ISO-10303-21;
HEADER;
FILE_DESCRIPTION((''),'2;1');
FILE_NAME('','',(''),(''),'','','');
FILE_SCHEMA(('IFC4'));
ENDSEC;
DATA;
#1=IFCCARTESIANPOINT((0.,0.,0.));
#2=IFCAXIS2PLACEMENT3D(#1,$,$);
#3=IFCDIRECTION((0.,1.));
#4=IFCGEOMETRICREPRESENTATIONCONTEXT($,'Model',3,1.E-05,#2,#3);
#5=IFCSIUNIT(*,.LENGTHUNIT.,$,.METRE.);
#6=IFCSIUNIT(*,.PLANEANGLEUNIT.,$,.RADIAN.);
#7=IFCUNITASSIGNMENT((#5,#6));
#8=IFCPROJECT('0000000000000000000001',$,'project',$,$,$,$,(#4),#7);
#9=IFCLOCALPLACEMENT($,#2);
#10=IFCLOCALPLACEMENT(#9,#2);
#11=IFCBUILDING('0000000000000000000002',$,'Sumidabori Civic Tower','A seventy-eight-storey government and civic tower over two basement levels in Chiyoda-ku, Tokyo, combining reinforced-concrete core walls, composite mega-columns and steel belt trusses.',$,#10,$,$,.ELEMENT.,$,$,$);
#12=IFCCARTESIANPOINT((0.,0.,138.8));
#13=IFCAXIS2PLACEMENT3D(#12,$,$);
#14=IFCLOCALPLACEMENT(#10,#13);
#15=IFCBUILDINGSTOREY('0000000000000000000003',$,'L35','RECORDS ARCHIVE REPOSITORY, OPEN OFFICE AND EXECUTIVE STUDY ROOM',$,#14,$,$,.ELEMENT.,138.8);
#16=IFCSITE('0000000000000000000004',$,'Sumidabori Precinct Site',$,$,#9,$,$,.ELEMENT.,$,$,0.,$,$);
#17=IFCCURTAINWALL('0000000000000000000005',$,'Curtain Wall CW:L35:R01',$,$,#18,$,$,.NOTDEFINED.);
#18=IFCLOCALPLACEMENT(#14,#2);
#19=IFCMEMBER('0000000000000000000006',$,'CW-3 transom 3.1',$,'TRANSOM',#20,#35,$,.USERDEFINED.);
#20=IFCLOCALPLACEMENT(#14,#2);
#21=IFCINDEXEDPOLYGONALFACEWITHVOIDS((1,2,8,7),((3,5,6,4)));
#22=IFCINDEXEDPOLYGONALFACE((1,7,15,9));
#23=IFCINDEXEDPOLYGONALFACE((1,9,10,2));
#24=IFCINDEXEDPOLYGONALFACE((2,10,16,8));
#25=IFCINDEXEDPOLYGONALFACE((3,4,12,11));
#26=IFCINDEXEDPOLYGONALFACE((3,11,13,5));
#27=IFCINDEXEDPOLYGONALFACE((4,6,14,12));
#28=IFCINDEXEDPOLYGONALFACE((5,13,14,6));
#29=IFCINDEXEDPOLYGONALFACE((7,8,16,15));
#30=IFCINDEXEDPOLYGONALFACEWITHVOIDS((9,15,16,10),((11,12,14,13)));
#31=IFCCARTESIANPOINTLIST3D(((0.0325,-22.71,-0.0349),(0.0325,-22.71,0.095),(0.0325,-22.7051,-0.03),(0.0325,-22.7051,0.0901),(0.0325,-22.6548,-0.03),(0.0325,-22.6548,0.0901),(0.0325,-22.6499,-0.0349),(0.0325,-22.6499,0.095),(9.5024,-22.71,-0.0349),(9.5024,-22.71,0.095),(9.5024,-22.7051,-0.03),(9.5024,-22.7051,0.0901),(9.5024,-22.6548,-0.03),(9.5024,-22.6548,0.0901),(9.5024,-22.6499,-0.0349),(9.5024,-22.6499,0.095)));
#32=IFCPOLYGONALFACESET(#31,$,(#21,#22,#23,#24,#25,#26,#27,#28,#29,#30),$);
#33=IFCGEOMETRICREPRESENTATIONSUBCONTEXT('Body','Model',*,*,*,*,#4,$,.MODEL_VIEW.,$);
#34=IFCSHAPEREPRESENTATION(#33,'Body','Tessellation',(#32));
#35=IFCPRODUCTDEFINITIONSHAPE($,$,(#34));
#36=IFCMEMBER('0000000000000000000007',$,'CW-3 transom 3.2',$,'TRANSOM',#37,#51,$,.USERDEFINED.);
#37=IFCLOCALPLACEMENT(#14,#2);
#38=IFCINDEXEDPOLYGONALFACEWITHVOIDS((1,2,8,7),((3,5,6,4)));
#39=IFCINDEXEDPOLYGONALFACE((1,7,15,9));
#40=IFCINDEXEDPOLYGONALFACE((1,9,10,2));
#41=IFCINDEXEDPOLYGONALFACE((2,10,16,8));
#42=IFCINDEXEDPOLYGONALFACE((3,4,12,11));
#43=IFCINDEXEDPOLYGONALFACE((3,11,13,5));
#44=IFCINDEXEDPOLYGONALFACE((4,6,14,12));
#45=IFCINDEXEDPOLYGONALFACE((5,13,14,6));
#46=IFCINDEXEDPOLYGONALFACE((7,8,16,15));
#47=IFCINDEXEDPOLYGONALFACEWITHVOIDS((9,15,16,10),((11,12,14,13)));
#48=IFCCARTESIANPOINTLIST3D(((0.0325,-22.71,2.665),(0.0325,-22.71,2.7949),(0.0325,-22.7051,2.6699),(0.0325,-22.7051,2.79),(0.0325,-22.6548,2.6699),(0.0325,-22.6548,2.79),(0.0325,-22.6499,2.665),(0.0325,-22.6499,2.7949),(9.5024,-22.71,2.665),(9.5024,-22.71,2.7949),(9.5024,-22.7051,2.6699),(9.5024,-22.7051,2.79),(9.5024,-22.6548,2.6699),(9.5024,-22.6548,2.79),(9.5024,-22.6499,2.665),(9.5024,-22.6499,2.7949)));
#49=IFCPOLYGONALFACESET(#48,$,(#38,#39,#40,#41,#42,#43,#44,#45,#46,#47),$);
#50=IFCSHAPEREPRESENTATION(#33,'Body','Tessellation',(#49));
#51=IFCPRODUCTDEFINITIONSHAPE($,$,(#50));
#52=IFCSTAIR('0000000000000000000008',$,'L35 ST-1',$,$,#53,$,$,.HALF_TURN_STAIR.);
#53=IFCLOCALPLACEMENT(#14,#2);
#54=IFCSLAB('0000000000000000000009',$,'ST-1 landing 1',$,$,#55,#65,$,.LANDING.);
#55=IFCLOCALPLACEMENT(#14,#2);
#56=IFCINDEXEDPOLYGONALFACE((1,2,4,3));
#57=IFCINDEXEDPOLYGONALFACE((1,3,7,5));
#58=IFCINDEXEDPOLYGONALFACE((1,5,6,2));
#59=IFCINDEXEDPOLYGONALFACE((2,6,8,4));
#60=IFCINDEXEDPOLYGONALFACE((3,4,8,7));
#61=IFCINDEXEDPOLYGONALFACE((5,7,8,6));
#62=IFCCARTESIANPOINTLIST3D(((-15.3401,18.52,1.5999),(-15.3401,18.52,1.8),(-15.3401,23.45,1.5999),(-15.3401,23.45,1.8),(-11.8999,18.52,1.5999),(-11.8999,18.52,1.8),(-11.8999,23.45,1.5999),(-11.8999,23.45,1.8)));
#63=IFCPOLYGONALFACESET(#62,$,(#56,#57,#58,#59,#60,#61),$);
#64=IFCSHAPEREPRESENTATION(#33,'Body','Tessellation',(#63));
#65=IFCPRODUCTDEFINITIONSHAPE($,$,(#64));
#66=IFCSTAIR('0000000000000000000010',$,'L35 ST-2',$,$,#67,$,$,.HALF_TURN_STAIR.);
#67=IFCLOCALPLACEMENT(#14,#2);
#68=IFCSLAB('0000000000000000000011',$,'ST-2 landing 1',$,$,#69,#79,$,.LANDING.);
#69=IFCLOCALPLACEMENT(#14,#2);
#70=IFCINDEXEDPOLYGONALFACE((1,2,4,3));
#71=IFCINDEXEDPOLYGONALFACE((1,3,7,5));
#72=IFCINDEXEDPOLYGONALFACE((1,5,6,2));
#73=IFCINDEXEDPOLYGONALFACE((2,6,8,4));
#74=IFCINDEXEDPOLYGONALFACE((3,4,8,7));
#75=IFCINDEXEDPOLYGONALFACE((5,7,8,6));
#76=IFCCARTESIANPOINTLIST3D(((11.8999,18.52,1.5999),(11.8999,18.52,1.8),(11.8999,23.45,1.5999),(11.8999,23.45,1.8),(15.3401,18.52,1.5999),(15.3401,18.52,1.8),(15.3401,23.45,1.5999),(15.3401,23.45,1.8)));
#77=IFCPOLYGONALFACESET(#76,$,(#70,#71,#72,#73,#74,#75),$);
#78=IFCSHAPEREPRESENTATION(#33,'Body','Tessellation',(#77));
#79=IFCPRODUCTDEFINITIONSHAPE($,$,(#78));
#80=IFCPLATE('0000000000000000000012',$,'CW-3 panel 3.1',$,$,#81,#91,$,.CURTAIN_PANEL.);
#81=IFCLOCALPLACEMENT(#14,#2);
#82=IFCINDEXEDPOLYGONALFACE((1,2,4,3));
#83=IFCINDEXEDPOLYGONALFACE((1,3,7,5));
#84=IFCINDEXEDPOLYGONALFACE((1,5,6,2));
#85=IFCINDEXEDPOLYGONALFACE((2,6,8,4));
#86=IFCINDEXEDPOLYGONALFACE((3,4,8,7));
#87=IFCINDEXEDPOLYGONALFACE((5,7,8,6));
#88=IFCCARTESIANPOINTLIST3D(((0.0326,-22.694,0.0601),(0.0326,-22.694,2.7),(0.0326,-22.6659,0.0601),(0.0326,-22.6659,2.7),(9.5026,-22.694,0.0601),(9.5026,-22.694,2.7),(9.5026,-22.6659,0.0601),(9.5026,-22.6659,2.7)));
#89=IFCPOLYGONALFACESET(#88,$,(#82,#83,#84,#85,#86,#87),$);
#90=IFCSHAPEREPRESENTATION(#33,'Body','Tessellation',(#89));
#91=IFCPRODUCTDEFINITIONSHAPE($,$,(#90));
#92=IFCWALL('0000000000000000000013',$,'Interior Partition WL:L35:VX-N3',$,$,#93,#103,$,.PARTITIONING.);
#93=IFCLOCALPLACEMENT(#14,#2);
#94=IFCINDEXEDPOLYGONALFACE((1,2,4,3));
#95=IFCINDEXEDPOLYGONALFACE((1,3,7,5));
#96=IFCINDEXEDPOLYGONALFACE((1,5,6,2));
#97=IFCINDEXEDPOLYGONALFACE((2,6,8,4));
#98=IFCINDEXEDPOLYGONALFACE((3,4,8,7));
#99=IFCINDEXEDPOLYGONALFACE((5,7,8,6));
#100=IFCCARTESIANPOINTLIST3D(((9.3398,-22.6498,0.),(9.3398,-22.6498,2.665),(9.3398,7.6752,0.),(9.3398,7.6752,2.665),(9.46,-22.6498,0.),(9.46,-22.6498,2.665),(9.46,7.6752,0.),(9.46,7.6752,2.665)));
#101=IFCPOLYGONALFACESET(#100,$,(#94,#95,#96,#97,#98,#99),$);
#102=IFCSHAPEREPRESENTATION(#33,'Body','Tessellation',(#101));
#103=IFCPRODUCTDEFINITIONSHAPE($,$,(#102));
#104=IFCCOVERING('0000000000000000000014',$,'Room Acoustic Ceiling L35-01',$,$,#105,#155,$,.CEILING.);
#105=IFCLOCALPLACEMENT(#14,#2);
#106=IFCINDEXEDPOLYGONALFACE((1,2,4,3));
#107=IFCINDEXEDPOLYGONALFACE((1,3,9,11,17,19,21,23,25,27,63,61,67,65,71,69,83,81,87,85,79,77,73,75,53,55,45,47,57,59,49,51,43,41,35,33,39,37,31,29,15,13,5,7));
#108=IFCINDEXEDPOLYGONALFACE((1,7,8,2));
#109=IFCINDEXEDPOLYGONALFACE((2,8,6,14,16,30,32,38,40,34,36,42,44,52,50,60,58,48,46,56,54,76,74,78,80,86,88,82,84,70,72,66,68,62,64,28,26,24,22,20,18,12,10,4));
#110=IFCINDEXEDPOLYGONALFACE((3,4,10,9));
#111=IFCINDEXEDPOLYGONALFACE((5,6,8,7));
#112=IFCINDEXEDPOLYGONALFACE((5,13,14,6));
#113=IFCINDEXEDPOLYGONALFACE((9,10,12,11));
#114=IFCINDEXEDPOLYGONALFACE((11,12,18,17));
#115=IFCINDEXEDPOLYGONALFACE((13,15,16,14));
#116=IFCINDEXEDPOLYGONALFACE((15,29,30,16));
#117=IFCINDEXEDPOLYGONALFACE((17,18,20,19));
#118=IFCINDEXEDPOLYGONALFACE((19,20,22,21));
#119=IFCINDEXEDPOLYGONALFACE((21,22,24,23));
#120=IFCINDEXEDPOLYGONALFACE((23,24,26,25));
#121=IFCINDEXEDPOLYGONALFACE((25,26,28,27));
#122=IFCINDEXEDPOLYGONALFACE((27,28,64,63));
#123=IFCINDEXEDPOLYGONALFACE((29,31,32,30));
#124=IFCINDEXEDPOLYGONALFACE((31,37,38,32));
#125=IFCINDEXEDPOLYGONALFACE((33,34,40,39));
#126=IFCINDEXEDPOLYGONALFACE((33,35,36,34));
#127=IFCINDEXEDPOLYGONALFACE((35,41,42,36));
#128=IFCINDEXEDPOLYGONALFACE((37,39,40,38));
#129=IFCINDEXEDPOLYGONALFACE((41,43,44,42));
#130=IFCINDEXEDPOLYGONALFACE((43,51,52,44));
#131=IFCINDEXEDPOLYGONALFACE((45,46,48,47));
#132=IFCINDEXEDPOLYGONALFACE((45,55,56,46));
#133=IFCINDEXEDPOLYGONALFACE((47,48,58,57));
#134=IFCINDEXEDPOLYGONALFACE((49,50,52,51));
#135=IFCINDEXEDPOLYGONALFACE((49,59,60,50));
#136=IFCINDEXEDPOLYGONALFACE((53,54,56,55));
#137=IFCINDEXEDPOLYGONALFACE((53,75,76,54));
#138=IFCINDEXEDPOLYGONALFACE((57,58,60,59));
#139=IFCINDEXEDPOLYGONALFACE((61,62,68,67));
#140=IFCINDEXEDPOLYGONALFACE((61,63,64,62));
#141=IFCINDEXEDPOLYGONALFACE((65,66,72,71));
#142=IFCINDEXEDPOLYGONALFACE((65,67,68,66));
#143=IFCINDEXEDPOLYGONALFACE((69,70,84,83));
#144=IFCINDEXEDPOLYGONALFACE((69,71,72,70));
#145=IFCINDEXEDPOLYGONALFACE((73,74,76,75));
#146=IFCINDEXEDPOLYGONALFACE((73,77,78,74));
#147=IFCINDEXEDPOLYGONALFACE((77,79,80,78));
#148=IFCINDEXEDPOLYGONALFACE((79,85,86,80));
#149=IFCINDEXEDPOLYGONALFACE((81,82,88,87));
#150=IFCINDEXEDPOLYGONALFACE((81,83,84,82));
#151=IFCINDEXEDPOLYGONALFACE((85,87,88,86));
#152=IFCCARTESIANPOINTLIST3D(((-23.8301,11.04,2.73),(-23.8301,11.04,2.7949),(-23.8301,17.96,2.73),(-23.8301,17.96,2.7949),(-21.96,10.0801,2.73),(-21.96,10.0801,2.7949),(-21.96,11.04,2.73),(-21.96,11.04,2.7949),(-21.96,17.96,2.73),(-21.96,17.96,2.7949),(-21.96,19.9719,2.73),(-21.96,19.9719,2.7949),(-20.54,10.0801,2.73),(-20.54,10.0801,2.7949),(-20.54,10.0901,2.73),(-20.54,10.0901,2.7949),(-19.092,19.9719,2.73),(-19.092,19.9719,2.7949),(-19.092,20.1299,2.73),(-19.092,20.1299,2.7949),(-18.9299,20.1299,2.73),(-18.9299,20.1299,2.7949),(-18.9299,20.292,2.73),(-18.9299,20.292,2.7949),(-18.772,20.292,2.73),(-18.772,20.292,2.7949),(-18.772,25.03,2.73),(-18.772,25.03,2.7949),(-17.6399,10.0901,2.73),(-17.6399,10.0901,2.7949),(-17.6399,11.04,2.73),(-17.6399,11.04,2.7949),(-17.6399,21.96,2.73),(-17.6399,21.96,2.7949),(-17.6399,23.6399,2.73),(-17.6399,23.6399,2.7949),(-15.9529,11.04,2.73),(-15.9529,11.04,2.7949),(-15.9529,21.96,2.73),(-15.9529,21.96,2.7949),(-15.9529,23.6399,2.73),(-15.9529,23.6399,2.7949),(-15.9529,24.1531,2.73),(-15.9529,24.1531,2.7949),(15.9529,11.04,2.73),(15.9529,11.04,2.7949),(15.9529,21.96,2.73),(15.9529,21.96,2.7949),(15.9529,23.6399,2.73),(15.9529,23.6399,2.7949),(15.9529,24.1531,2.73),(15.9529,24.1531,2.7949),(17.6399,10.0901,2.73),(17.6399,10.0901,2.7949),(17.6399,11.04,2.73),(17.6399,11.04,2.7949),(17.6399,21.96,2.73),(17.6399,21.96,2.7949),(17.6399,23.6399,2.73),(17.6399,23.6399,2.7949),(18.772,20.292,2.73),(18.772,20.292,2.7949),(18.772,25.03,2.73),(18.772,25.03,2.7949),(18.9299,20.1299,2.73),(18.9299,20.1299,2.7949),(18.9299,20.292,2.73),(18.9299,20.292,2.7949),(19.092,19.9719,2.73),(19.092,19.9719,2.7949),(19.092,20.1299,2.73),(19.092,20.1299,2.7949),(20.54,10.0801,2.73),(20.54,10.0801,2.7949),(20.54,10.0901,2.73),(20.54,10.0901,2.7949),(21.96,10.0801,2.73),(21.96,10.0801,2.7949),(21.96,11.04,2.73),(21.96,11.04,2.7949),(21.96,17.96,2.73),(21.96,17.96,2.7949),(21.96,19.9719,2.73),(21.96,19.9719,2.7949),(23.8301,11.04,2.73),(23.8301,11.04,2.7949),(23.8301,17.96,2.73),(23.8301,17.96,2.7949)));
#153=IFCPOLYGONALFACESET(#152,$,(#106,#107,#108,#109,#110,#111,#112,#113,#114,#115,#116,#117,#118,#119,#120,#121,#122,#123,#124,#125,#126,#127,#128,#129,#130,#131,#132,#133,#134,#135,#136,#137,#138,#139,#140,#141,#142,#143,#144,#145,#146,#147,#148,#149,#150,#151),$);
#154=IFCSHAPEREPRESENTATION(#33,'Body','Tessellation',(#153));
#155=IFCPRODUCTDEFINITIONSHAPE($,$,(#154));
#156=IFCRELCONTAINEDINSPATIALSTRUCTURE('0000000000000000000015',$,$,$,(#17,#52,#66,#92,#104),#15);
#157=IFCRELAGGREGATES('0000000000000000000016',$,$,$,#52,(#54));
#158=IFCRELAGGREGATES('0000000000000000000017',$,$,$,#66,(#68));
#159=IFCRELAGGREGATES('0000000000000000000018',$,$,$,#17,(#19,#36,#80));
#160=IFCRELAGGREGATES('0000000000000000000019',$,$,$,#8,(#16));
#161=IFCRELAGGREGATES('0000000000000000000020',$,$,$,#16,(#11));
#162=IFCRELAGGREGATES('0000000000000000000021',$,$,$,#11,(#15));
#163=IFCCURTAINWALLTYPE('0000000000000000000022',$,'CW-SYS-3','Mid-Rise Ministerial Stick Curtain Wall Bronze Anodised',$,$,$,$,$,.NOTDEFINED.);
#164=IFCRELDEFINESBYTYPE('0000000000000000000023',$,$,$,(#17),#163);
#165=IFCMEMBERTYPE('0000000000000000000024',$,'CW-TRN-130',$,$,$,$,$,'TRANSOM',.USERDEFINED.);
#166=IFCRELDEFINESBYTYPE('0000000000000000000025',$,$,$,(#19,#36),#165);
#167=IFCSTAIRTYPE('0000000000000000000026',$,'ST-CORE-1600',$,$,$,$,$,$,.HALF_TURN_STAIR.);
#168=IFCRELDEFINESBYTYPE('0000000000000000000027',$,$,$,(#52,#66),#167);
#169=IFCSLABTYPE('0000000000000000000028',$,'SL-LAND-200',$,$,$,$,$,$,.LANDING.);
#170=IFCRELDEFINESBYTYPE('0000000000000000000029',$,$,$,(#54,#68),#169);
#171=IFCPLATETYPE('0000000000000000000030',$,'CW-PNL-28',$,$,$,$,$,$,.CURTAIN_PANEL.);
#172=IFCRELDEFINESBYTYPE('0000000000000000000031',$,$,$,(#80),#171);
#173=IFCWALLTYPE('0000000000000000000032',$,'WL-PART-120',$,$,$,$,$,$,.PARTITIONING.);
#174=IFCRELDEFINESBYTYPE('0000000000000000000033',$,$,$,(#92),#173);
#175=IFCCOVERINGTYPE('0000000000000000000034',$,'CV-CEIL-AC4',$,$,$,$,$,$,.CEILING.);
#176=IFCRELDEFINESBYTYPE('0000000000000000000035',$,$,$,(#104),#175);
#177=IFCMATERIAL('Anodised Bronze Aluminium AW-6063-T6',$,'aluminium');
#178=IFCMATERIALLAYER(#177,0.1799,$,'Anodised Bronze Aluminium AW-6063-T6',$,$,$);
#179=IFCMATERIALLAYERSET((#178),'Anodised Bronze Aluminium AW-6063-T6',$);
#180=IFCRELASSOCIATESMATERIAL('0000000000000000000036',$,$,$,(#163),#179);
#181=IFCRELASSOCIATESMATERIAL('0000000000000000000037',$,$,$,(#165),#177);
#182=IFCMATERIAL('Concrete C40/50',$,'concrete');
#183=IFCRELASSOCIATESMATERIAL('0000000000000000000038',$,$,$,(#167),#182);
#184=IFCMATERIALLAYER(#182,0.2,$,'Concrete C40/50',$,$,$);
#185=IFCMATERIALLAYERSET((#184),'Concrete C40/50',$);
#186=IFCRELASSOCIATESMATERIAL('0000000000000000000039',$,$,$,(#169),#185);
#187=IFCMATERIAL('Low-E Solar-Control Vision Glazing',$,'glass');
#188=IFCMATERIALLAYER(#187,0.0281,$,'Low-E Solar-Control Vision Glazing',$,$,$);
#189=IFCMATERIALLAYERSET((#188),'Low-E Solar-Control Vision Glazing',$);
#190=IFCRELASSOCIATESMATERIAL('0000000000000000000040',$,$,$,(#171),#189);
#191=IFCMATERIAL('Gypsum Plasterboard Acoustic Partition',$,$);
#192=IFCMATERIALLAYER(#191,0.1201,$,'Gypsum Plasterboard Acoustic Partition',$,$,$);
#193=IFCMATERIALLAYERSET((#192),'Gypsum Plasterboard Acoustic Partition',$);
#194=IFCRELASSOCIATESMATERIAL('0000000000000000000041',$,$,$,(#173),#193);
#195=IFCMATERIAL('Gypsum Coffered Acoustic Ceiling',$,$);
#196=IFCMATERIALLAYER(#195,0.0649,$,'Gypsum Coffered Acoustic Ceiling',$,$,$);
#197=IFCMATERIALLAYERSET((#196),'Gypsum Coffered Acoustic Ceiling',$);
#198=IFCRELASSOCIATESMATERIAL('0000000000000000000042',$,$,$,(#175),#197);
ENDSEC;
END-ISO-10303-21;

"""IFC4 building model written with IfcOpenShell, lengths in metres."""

from ifc_helpers import new_model, si_unit, direction, frame, frame_2d, origin, origin_2d, place, context, subcontext, project, spatial, polyline, rectangle, hollow_rectangle, outline, extrude, source, transform, mapped, material, layer, layer_set, material_profile, profile_set, type_object, element, aggregate, save


model = new_model("IFC4")

# Units and contexts
model_context = context("Model", 3, precision=1e-05, world=origin(), true_north=direction((0.0, 1.0)))
body_context = subcontext(model_context, "Body", "Model", "MODEL_VIEW")
ifc_project = project(units=[si_unit("LENGTHUNIT", "METRE"), si_unit("PLANEANGLEUNIT", "RADIAN")], contexts=[model_context])

# Site, building, storey
site_placement = place(None, origin())
site = spatial("IfcSite", under=ifc_project, at=site_placement, Name="Sumidabori Precinct Site", CompositionType="ELEMENT", RefElevation=0.0)
building_placement = place(site_placement, origin())
building = spatial("IfcBuilding", under=site, at=building_placement, Name="Sumidabori Civic Tower", Description="A seventy-eight-storey government and civic tower over two basement levels in Chiyoda-ku, Tokyo, combining reinforced-concrete core walls, composite mega-columns and steel belt trusses.", CompositionType="ELEMENT")
storey_placement = place(building_placement, frame((0.0, 0.0, 138.8)))
storey = spatial("IfcBuildingStorey", under=building, at=storey_placement, Name="L35", Description="RECORDS ARCHIVE REPOSITORY, OPEN OFFICE AND EXECUTIVE STUDY ROOM", CompositionType="ELEMENT", Elevation=138.8)

# Curtain wall, members
ifc_material_1 = material(Name="Anodised Bronze Aluminium AW-6063-T6", Category="aluminium")
ifc_layer_1 = layer(ifc_material_1, 0.1799, Name="Anodised Bronze Aluminium AW-6063-T6")
ifc_layer_set_1 = layer_set([ifc_layer_1], Name="Anodised Bronze Aluminium AW-6063-T6")
curtain_wall_type = type_object("IfcCurtainWallType", Name="CW-SYS-3", Description="Mid-Rise Ministerial Stick Curtain Wall Bronze Anodised", PredefinedType="NOTDEFINED", material=ifc_layer_set_1)
curtain_wall_placement = place(storey_placement, origin())
curtain_wall = element("IfcCurtainWall", 1, at=curtain_wall_placement, inside=storey, type_object=curtain_wall_type, Name="Curtain Wall CW:L35:R01", PredefinedType="NOTDEFINED")
ifc_material_profile_1 = material_profile(ifc_material_1, hollow_rectangle(XDim=0.0601, YDim=0.1299, WallThickness=0.0049, at=origin_2d()), Name="ALU TRANSOM 130x60")
ifc_profile_set_1 = profile_set([ifc_material_profile_1], Name="Anodised Bronze Aluminium AW-6063-T6")
member_type_1 = type_object("IfcMemberType", Name="CW-TRN-130", ElementType="TRANSOM", PredefinedType="USERDEFINED", material=ifc_profile_set_1)
shared_shape_1 = source(origin(), body_context, "Body", "SweptSolid", [
    extrude(hollow_rectangle(XDim=0.0601, YDim=0.1299, WallThickness=0.0049, at=origin_2d()), origin(), (0.0, 0.0, 1.0), 9.47),
])
member_1_placement = place(storey_placement, frame((0.0325, -22.6799, 0.03), z_axis=(1.0, 0.0, 0.0), x_axis=(0.0, 1.0, 0.0)))
member_1 = element("IfcMember", 2, at=member_1_placement, type_object=member_type_1, Name="CW-3 transom 3.1", ObjectType="TRANSOM", PredefinedType="USERDEFINED", context=body_context, shape_type="MappedRepresentation", body=[
    mapped(shared_shape_1, transform((0.0, 0.0, 0.0), x_axis=(1.0, 0.0, 0.0), y_axis=(0.0, 1.0, 0.0), z_axis=(0.0, 0.0, 1.0), scale=1.0)),
])
member_2_placement = place(storey_placement, frame((0.0325, -22.6799, 2.73), z_axis=(1.0, 0.0, 0.0), x_axis=(0.0, 1.0, 0.0)))
member_2 = element("IfcMember", 3, at=member_2_placement, type_object=member_type_1, Name="CW-3 transom 3.2", ObjectType="TRANSOM", PredefinedType="USERDEFINED", context=body_context, shape_type="MappedRepresentation", body=[
    mapped(shared_shape_1, transform((0.0, 0.0, 0.0), x_axis=(1.0, 0.0, 0.0), y_axis=(0.0, 1.0, 0.0), z_axis=(0.0, 0.0, 1.0), scale=1.0)),
])

# Stairs, slabs
ifc_material_2 = material(Name="Concrete C40/50", Category="concrete")
stair_type = type_object("IfcStairType", Name="ST-CORE-1600", PredefinedType="HALF_TURN_STAIR", material=ifc_material_2)
stair_1_placement = place(storey_placement, origin())
stair_1 = element("IfcStair", 4, at=stair_1_placement, inside=storey, type_object=stair_type, Name="L35 ST-1", PredefinedType="HALF_TURN_STAIR")
ifc_layer_2 = layer(ifc_material_2, 0.2, Name="Concrete C40/50")
ifc_layer_set_2 = layer_set([ifc_layer_2], Name="Concrete C40/50")
slab_type = type_object("IfcSlabType", Name="SL-LAND-200", PredefinedType="LANDING", material=ifc_layer_set_2)
slab_1_placement = place(storey_placement, frame((0.0, 0.0, 1.5999)))
slab_1 = element("IfcSlab", 5, at=slab_1_placement, type_object=slab_type, Name="ST-1 landing 1", PredefinedType="LANDING", context=body_context, shape_type="SweptSolid", body=[
    extrude(outline(polyline([(-11.8999, 18.52), (-11.8999, 23.45), (-15.3401, 23.45), (-15.3401, 18.52), (-11.8999, 18.52)])), origin(), (0.0, 0.0, 1.0), 0.2002),
])
aggregate(stair_1, [slab_1])
stair_2_placement = place(storey_placement, origin())
stair_2 = element("IfcStair", 6, at=stair_2_placement, inside=storey, type_object=stair_type, Name="L35 ST-2", PredefinedType="HALF_TURN_STAIR")
slab_2_placement = place(storey_placement, frame((0.0, 0.0, 1.5999)))
slab_2 = element("IfcSlab", 7, at=slab_2_placement, type_object=slab_type, Name="ST-2 landing 1", PredefinedType="LANDING", context=body_context, shape_type="SweptSolid", body=[
    extrude(outline(polyline([(15.3401, 18.52), (15.3401, 23.45), (11.8999, 23.45), (11.8999, 18.52), (15.3401, 18.52)])), origin(), (0.0, 0.0, 1.0), 0.2002),
])
aggregate(stair_2, [slab_2])

# Plate
ifc_material_3 = material(Name="Low-E Solar-Control Vision Glazing", Category="glass")
ifc_layer_3 = layer(ifc_material_3, 0.0281, Name="Low-E Solar-Control Vision Glazing")
ifc_layer_set_3 = layer_set([ifc_layer_3], Name="Low-E Solar-Control Vision Glazing")
plate_type = type_object("IfcPlateType", Name="CW-PNL-28", PredefinedType="CURTAIN_PANEL", material=ifc_layer_set_3)
shared_shape_2 = source(origin(), body_context, "Body", "SweptSolid", [
    extrude(rectangle(XDim=9.47, YDim=0.0281, at=origin_2d()), origin(), (0.0, 0.0, 1.0), 2.6399),
])
plate_placement = place(storey_placement, frame((4.7676, -22.6799, 0.0601), z_axis=(0.0, 0.0, 1.0), x_axis=(1.0, 0.0, 0.0)))
plate = element("IfcPlate", 8, at=plate_placement, type_object=plate_type, Name="CW-3 panel 3.1", PredefinedType="CURTAIN_PANEL", context=body_context, shape_type="MappedRepresentation", body=[
    mapped(shared_shape_2, transform((0.0, 0.0, 0.0), x_axis=(1.0, 0.0, 0.0), y_axis=(0.0, 1.0, 0.0), z_axis=(0.0, 0.0, 1.0), scale=1.0)),
])
aggregate(curtain_wall, [member_1, member_2, plate])

# Wall
ifc_material_4 = material(Name="Gypsum Plasterboard Acoustic Partition")
ifc_layer_4 = layer(ifc_material_4, 0.1201, Name="Gypsum Plasterboard Acoustic Partition")
ifc_layer_set_4 = layer_set([ifc_layer_4], Name="Gypsum Plasterboard Acoustic Partition")
wall_type = type_object("IfcWallType", Name="WL-PART-120", PredefinedType="PARTITIONING", material=ifc_layer_set_4)
shared_shape_3 = source(origin(), body_context, "Body", "SweptSolid", [
    extrude(rectangle(XDim=30.325, YDim=0.1201, at=frame_2d((15.1626, 0.0))), origin(), (0.0, 0.0, 1.0), 2.665),
])
wall_placement = place(storey_placement, frame((9.3999, -22.6499, 0.0), z_axis=(0.0, 0.0, 1.0), x_axis=(0.0, 1.0, 0.0)))
element("IfcWall", 9, at=wall_placement, inside=storey, type_object=wall_type, Name="Interior Partition WL:L35:VX-N3", PredefinedType="PARTITIONING", context=body_context, shape_type="MappedRepresentation", body=[
    mapped(shared_shape_3, transform((0.0, 0.0, 0.0), x_axis=(1.0, 0.0, 0.0), y_axis=(0.0, 1.0, 0.0), z_axis=(0.0, 0.0, 1.0), scale=1.0)),
])

# Covering
ifc_material_5 = material(Name="Gypsum Coffered Acoustic Ceiling")
ifc_layer_5 = layer(ifc_material_5, 0.0649, Name="Gypsum Coffered Acoustic Ceiling")
ifc_layer_set_5 = layer_set([ifc_layer_5], Name="Gypsum Coffered Acoustic Ceiling")
covering_type_1 = type_object("IfcCoveringType", Name="CV-CEIL-AC4", PredefinedType="CEILING", material=ifc_layer_set_5)
covering_1_placement = place(storey_placement, frame((0.0, 0.0, 2.73)))
element("IfcCovering", 10, at=covering_1_placement, inside=storey, type_object=covering_type_1, Name="Room Acoustic Ceiling L35-01", PredefinedType="CEILING", context=body_context, shape_type="SweptSolid", body=[
    extrude(outline(polyline([(-23.8301, 17.96), (-21.96, 17.96), (-21.96, 19.9719), (-19.092, 19.9719), (-19.092, 20.1299), (-18.9299, 20.1299), (-18.9299, 20.292), (-18.772, 20.292), (-18.772, 25.03), (18.772, 25.03), (18.772, 20.292), (18.9299, 20.292), (18.9299, 20.1299), (19.092, 20.1299), (19.092, 19.9719), (21.96, 19.9719), (21.96, 17.96), (23.8301, 17.96), (23.8301, 11.04), (21.96, 11.04), (21.96, 10.0801), (20.54, 10.0801), (20.54, 10.0901), (17.6399, 10.0901), (17.6399, 11.04), (15.9529, 11.04), (15.9529, 21.96), (17.6399, 21.96), (17.6399, 23.6399), (15.9529, 23.6399), (15.9529, 24.1531), (-15.9529, 24.1531), (-15.9529, 23.6399), (-17.6399, 23.6399), (-17.6399, 21.96), (-15.9529, 21.96), (-15.9529, 11.04), (-17.6399, 11.04), (-17.6399, 10.0901), (-20.54, 10.0901), (-20.54, 10.0801), (-21.96, 10.0801), (-21.96, 11.04), (-23.8301, 11.04), (-23.8301, 17.96)])), origin(), (0.0, 0.0, 1.0), 0.0649),
])

save(model, "model.ifc")
